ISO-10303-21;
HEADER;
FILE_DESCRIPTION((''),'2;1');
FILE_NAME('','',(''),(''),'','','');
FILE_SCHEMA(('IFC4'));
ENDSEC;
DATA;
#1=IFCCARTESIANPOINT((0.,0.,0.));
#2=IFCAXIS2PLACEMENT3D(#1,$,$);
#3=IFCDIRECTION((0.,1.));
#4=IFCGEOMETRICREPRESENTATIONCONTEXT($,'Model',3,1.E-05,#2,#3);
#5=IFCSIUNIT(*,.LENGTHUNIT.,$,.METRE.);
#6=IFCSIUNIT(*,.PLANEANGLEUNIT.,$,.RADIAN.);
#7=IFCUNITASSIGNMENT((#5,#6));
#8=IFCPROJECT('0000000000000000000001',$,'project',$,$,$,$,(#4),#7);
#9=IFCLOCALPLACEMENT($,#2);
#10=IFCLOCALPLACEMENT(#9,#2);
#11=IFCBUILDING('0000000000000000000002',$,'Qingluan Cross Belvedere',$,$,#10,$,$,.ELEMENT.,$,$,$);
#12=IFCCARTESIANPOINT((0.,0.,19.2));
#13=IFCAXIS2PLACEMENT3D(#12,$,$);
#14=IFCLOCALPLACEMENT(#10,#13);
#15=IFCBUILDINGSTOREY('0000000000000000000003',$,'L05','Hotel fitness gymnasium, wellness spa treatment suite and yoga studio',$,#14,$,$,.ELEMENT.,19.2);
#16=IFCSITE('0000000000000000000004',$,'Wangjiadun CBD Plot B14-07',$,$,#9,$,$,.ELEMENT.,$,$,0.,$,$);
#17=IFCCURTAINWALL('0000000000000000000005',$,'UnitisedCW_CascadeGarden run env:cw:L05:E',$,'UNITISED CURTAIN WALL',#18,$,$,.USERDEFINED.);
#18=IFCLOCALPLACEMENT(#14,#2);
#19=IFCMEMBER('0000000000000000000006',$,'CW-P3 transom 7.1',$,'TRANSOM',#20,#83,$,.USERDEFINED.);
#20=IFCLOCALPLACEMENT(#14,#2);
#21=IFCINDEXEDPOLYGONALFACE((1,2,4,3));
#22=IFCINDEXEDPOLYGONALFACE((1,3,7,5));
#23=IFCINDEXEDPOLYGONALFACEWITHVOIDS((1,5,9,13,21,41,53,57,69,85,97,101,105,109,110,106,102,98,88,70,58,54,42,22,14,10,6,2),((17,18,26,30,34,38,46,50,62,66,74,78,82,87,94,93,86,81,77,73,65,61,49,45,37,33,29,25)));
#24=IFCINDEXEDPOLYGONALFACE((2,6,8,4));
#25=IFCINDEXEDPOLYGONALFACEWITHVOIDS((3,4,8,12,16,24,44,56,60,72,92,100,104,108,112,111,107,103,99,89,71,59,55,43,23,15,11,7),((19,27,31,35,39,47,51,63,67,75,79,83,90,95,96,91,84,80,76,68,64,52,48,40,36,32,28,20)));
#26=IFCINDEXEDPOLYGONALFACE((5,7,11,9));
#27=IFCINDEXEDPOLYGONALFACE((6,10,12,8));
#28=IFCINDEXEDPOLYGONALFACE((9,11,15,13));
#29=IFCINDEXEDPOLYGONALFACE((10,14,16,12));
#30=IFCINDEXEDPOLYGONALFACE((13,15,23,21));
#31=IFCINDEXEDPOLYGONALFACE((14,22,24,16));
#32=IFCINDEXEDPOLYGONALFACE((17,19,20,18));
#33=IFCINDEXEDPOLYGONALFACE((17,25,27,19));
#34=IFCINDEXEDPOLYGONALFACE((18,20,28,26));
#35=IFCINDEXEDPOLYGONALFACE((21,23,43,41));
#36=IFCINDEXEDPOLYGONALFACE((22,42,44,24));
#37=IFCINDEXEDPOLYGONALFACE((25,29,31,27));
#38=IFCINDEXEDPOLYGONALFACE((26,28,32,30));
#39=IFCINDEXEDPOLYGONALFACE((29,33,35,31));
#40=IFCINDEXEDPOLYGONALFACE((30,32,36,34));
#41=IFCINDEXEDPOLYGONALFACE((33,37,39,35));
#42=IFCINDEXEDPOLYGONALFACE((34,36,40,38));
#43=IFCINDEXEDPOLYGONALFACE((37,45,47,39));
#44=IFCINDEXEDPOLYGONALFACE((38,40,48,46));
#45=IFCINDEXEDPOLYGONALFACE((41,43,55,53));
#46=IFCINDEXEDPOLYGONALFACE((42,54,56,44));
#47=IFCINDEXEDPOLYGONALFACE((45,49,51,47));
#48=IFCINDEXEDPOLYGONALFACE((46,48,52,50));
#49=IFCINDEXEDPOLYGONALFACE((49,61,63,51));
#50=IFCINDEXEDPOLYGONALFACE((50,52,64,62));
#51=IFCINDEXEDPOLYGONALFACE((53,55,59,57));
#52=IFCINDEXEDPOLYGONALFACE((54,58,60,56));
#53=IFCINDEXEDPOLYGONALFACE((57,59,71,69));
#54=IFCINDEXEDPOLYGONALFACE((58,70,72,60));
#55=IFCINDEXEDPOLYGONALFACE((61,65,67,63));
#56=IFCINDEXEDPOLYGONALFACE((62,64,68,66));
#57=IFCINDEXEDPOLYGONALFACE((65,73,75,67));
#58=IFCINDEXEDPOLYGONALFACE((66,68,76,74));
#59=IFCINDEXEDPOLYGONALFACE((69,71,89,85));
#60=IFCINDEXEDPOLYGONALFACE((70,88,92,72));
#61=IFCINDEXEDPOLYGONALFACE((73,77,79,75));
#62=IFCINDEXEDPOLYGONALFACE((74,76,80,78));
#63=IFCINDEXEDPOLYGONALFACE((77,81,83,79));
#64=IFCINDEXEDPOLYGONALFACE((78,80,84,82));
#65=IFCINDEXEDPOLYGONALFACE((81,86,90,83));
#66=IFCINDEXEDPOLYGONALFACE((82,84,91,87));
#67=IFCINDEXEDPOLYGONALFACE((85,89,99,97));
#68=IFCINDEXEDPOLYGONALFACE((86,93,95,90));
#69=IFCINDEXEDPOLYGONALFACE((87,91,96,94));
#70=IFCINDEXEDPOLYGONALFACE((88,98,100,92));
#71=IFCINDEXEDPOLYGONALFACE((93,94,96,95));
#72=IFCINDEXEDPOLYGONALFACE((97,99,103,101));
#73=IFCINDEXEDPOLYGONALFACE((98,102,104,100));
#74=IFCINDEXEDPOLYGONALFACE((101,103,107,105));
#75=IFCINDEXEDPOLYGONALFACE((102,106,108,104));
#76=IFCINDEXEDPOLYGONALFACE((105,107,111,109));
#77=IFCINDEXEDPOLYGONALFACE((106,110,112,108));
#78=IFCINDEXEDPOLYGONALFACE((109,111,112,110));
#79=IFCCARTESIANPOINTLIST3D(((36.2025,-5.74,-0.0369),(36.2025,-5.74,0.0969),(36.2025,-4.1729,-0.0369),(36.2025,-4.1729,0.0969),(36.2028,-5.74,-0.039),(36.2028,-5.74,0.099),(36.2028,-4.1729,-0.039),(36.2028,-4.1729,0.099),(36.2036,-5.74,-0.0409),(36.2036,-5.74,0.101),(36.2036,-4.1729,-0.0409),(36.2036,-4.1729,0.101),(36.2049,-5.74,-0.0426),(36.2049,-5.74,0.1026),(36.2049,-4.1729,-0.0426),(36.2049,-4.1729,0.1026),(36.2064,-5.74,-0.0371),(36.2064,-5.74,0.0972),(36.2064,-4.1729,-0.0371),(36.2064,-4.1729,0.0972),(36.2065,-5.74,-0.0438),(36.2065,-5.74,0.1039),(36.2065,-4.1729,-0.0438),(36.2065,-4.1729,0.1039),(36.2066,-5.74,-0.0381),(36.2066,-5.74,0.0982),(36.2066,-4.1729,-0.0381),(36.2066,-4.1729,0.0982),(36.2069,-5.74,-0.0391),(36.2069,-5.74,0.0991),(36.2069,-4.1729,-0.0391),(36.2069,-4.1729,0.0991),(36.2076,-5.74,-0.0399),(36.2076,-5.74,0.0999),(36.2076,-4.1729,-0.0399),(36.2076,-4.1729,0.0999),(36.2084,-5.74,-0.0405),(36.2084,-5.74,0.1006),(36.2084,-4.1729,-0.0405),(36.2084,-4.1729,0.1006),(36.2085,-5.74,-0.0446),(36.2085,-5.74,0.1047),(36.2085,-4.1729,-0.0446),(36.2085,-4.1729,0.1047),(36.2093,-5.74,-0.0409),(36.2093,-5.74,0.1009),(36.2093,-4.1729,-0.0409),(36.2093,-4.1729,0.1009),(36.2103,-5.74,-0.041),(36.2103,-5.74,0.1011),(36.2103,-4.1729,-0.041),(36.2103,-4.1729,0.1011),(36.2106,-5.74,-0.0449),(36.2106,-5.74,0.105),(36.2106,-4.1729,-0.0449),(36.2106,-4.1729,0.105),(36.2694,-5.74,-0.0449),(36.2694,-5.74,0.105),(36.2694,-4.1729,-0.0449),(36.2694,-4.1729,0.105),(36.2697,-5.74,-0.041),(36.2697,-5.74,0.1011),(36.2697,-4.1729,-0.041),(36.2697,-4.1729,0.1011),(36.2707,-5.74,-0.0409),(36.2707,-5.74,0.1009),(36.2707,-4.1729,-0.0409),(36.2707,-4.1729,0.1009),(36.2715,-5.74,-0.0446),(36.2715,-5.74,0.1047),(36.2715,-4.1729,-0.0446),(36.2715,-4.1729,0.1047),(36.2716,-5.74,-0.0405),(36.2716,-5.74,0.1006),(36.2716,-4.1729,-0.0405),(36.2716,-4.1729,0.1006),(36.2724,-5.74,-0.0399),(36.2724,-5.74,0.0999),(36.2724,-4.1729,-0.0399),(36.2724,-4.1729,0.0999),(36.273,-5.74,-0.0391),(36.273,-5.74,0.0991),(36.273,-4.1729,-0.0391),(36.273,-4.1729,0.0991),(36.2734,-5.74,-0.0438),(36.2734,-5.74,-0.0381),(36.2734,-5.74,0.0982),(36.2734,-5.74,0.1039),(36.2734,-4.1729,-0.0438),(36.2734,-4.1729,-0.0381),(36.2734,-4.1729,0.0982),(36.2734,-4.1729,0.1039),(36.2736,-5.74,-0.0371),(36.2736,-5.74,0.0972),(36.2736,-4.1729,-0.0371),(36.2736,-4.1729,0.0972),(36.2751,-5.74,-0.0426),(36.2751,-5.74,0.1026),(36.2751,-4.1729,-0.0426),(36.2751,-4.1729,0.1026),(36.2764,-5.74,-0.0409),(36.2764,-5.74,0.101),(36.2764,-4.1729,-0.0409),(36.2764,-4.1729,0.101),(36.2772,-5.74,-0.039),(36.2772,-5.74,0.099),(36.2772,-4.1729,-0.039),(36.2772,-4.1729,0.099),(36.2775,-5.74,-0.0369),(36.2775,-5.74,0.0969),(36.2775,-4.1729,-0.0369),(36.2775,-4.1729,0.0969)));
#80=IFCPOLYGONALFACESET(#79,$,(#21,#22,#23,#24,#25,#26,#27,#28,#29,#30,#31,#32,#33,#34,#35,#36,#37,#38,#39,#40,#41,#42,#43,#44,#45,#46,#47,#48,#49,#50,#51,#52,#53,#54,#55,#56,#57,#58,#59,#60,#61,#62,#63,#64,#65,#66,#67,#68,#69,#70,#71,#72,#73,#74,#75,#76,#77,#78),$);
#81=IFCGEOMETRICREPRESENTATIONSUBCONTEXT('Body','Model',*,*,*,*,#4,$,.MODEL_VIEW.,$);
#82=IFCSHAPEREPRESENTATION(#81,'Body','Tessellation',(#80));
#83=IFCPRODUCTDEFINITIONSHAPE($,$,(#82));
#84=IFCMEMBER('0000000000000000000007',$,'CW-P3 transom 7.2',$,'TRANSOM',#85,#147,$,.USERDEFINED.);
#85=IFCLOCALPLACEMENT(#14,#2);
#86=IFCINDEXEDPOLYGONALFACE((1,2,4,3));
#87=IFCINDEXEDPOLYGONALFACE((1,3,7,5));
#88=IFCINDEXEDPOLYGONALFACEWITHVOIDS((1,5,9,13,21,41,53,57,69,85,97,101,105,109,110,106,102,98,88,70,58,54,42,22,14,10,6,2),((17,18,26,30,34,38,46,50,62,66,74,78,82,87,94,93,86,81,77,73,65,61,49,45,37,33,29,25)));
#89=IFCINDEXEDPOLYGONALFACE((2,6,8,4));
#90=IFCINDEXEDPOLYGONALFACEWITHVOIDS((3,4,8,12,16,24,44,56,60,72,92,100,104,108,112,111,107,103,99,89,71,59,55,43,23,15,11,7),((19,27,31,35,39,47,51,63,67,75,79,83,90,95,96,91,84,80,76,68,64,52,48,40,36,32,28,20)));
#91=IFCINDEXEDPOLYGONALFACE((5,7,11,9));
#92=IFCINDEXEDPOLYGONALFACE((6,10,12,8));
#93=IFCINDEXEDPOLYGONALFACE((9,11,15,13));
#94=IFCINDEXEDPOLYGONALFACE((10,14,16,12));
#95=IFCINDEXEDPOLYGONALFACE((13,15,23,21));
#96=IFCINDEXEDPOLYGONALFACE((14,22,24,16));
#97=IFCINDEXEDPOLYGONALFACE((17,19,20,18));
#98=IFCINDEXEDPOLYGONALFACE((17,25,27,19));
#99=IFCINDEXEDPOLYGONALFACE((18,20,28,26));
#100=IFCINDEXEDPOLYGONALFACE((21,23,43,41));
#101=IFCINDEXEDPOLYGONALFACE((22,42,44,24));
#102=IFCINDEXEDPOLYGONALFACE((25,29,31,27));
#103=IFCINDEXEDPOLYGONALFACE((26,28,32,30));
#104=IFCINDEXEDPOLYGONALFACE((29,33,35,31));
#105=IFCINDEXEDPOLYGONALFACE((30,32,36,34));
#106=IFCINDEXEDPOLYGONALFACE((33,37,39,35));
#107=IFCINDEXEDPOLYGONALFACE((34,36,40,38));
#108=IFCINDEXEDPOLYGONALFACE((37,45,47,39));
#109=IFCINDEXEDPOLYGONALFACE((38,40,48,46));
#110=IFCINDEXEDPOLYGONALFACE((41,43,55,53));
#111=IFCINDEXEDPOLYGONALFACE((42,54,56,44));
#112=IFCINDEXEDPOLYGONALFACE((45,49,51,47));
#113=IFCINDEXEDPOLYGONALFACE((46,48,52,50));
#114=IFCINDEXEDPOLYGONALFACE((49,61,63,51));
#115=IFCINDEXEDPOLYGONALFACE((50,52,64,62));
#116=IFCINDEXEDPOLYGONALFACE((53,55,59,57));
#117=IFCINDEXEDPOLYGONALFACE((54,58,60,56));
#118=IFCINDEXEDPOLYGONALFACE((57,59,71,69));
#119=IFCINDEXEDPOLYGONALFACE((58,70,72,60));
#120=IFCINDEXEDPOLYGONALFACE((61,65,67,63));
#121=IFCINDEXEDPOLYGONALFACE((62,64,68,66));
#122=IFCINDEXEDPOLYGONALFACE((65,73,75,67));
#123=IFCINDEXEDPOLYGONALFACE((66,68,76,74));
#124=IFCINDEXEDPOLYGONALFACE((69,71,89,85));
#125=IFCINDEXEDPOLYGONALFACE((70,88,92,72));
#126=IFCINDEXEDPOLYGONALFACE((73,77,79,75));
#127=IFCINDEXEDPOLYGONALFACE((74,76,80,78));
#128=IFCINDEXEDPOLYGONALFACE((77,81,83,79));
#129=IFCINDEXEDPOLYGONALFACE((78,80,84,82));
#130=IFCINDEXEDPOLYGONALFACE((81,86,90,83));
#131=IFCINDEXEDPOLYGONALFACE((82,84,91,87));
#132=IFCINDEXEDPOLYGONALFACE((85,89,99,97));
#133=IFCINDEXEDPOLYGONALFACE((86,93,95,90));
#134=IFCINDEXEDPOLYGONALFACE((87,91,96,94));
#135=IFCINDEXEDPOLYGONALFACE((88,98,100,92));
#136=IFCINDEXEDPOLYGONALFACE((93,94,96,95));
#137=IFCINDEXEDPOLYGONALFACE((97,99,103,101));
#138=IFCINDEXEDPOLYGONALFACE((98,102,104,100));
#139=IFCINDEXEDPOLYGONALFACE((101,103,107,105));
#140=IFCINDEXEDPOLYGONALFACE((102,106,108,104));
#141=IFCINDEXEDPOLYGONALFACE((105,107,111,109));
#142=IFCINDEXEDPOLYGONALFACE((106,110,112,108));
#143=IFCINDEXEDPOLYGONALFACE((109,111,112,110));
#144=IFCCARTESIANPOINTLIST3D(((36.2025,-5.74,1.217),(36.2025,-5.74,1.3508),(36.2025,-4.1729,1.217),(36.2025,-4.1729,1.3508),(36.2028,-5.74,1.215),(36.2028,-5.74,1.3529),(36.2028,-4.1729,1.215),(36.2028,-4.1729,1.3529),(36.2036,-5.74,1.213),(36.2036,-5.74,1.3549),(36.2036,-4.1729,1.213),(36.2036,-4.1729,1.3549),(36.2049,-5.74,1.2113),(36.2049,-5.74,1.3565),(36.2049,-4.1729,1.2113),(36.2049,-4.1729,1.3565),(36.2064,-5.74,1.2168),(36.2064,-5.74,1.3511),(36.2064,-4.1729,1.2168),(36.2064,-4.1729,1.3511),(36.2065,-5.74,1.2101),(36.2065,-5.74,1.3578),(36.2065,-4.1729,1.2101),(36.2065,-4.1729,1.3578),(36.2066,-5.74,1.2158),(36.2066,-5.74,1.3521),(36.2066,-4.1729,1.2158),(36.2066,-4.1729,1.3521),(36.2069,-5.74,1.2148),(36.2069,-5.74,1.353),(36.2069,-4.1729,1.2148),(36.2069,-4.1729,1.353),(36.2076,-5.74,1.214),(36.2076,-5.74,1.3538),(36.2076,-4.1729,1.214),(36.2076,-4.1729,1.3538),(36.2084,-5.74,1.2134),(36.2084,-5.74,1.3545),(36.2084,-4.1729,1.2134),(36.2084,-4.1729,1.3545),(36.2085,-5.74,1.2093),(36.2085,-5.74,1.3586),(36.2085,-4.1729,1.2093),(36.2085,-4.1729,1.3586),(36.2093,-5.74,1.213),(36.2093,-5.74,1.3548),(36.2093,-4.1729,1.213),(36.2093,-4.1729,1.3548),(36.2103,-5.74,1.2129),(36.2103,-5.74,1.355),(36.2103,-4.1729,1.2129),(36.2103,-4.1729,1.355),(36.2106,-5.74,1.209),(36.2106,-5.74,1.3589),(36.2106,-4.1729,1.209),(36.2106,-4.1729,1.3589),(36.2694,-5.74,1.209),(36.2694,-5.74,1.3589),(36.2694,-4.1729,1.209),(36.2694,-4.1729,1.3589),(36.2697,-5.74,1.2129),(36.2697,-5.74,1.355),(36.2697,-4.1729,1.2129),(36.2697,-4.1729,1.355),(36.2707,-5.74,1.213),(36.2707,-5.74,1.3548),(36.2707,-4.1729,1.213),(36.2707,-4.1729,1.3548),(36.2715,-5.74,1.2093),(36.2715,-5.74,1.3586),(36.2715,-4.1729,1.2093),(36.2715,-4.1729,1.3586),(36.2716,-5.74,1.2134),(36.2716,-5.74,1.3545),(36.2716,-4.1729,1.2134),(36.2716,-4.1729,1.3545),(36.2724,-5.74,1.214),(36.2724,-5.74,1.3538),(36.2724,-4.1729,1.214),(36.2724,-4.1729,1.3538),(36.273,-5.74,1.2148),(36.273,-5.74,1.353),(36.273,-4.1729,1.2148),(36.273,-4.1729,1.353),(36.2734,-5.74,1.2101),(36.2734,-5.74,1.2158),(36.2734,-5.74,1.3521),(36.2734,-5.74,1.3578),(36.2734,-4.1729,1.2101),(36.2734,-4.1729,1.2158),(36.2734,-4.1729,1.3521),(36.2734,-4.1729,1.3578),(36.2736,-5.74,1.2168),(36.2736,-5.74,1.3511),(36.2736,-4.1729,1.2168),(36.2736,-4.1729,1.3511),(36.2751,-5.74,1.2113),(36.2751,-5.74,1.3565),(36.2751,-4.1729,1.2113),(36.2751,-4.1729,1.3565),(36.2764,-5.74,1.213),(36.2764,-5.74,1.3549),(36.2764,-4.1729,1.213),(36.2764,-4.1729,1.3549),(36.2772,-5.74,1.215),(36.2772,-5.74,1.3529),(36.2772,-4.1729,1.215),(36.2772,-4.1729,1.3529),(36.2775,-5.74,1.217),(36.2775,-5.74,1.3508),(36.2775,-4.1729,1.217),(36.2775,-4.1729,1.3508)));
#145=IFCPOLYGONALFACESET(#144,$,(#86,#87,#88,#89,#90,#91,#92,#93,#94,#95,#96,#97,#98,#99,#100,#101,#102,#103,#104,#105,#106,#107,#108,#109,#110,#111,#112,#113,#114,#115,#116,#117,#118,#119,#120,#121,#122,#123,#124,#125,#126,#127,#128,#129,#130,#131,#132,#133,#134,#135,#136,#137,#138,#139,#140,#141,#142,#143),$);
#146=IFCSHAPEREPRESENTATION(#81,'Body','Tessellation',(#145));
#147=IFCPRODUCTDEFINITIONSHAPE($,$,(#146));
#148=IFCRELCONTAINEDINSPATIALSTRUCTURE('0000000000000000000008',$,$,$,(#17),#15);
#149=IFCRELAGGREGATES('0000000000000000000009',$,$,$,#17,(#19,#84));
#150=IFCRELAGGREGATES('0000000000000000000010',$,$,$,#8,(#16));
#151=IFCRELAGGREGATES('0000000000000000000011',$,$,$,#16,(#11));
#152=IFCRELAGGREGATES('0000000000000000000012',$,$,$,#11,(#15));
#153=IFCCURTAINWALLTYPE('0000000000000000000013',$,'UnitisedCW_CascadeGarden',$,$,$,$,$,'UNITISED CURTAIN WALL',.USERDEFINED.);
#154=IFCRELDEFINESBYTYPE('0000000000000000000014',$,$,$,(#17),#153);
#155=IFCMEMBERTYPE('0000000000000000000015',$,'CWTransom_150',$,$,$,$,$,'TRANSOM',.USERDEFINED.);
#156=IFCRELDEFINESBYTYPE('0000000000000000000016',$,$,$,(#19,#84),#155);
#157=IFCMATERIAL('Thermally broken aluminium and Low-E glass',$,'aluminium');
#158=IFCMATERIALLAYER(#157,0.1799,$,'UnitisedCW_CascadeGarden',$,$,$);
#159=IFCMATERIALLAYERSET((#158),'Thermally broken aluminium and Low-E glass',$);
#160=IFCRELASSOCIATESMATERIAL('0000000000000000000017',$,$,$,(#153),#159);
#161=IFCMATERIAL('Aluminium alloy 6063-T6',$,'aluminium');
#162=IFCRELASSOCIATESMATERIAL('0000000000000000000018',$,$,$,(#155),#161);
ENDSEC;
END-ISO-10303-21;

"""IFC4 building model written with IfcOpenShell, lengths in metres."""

from ifc_helpers import new_model, si_unit, direction, frame, origin, origin_2d, place, context, subcontext, project, spatial, hollow_rectangle, extrude, material, layer, layer_set, material_profile, profile_set, type_object, element, aggregate, save


model = new_model("IFC4")

# Units and contexts
model_context = context("Model", 3, precision=1e-05, world=origin(), true_north=direction((0.0, 1.0)))
body_context = subcontext(model_context, "Body", "Model", "MODEL_VIEW")
ifc_project = project(units=[si_unit("LENGTHUNIT", "METRE"), si_unit("PLANEANGLEUNIT", "RADIAN")], contexts=[model_context])

# Site, building, storey
site_placement = place(None, origin())
site = spatial("IfcSite", under=ifc_project, at=site_placement, Name="Wangjiadun CBD Plot B14-07", CompositionType="ELEMENT", RefElevation=0.0)
building_placement = place(site_placement, origin())
building = spatial("IfcBuilding", under=site, at=building_placement, Name="Qingluan Cross Belvedere", CompositionType="ELEMENT")
storey_placement = place(building_placement, frame((0.0, 0.0, 19.2)))
storey = spatial("IfcBuildingStorey", under=building, at=storey_placement, Name="L05", Description="Hotel fitness gymnasium, wellness spa treatment suite and yoga studio", CompositionType="ELEMENT", Elevation=19.2)

# Curtain wall, members
ifc_material_1 = material(Name="Thermally broken aluminium and Low-E glass", Category="aluminium")
ifc_layer_1 = layer(ifc_material_1, 0.1799, Name="UnitisedCW_CascadeGarden")
ifc_layer_set_1 = layer_set([ifc_layer_1], Name="Thermally broken aluminium and Low-E glass")
curtain_wall_type = type_object("IfcCurtainWallType", Name="UnitisedCW_CascadeGarden", ElementType="UNITISED CURTAIN WALL", PredefinedType="USERDEFINED", material=ifc_layer_set_1)
curtain_wall_placement = place(storey_placement, origin())
curtain_wall = element("IfcCurtainWall", 1, at=curtain_wall_placement, inside=storey, type_object=curtain_wall_type, Name="UnitisedCW_CascadeGarden run env:cw:L05:E", ObjectType="UNITISED CURTAIN WALL", PredefinedType="USERDEFINED")
ifc_material_2 = material(Name="Aluminium alloy 6063-T6", Category="aluminium")
ifc_material_profile_1 = material_profile(ifc_material_2, hollow_rectangle(XDim=0.075, YDim=0.1499, WallThickness=0.0039, InnerFilletRadius=0.0039, OuterFilletRadius=0.0081, at=origin_2d()), Name="CWT150x75x4")
ifc_profile_set_1 = profile_set([ifc_material_profile_1], Name="Aluminium alloy 6063-T6")
member_type_1 = type_object("IfcMemberType", Name="CWTransom_150", ElementType="TRANSOM", PredefinedType="USERDEFINED", material=ifc_profile_set_1)
member_1_placement = place(storey_placement, frame((36.24, -4.1729, 0.03), z_axis=(0.0, -1.0, 0.0), x_axis=(1.0, 0.0, 0.0)))
member_1 = element("IfcMember", 2, at=member_1_placement, type_object=member_type_1, Name="CW-P3 transom 7.1", ObjectType="TRANSOM", PredefinedType="USERDEFINED", context=body_context, shape_type="SweptSolid", body=[
    extrude(hollow_rectangle(XDim=0.075, YDim=0.1499, WallThickness=0.0039, InnerFilletRadius=0.0039, OuterFilletRadius=0.0081, at=origin_2d()), origin(), (0.0, 0.0, 1.0), 1.5671),
])
member_2_placement = place(storey_placement, frame((36.24, -4.1729, 1.2839), z_axis=(0.0, -1.0, 0.0), x_axis=(1.0, 0.0, 0.0)))
member_2 = element("IfcMember", 3, at=member_2_placement, type_object=member_type_1, Name="CW-P3 transom 7.2", ObjectType="TRANSOM", PredefinedType="USERDEFINED", context=body_context, shape_type="SweptSolid", body=[
    extrude(hollow_rectangle(XDim=0.075, YDim=0.1499, WallThickness=0.0039, InnerFilletRadius=0.0039, OuterFilletRadius=0.0081, at=origin_2d()), origin(), (0.0, 0.0, 1.0), 1.5671),
])

aggregate(curtain_wall, [member_1, member_2])

save(model, "model.ifc")
